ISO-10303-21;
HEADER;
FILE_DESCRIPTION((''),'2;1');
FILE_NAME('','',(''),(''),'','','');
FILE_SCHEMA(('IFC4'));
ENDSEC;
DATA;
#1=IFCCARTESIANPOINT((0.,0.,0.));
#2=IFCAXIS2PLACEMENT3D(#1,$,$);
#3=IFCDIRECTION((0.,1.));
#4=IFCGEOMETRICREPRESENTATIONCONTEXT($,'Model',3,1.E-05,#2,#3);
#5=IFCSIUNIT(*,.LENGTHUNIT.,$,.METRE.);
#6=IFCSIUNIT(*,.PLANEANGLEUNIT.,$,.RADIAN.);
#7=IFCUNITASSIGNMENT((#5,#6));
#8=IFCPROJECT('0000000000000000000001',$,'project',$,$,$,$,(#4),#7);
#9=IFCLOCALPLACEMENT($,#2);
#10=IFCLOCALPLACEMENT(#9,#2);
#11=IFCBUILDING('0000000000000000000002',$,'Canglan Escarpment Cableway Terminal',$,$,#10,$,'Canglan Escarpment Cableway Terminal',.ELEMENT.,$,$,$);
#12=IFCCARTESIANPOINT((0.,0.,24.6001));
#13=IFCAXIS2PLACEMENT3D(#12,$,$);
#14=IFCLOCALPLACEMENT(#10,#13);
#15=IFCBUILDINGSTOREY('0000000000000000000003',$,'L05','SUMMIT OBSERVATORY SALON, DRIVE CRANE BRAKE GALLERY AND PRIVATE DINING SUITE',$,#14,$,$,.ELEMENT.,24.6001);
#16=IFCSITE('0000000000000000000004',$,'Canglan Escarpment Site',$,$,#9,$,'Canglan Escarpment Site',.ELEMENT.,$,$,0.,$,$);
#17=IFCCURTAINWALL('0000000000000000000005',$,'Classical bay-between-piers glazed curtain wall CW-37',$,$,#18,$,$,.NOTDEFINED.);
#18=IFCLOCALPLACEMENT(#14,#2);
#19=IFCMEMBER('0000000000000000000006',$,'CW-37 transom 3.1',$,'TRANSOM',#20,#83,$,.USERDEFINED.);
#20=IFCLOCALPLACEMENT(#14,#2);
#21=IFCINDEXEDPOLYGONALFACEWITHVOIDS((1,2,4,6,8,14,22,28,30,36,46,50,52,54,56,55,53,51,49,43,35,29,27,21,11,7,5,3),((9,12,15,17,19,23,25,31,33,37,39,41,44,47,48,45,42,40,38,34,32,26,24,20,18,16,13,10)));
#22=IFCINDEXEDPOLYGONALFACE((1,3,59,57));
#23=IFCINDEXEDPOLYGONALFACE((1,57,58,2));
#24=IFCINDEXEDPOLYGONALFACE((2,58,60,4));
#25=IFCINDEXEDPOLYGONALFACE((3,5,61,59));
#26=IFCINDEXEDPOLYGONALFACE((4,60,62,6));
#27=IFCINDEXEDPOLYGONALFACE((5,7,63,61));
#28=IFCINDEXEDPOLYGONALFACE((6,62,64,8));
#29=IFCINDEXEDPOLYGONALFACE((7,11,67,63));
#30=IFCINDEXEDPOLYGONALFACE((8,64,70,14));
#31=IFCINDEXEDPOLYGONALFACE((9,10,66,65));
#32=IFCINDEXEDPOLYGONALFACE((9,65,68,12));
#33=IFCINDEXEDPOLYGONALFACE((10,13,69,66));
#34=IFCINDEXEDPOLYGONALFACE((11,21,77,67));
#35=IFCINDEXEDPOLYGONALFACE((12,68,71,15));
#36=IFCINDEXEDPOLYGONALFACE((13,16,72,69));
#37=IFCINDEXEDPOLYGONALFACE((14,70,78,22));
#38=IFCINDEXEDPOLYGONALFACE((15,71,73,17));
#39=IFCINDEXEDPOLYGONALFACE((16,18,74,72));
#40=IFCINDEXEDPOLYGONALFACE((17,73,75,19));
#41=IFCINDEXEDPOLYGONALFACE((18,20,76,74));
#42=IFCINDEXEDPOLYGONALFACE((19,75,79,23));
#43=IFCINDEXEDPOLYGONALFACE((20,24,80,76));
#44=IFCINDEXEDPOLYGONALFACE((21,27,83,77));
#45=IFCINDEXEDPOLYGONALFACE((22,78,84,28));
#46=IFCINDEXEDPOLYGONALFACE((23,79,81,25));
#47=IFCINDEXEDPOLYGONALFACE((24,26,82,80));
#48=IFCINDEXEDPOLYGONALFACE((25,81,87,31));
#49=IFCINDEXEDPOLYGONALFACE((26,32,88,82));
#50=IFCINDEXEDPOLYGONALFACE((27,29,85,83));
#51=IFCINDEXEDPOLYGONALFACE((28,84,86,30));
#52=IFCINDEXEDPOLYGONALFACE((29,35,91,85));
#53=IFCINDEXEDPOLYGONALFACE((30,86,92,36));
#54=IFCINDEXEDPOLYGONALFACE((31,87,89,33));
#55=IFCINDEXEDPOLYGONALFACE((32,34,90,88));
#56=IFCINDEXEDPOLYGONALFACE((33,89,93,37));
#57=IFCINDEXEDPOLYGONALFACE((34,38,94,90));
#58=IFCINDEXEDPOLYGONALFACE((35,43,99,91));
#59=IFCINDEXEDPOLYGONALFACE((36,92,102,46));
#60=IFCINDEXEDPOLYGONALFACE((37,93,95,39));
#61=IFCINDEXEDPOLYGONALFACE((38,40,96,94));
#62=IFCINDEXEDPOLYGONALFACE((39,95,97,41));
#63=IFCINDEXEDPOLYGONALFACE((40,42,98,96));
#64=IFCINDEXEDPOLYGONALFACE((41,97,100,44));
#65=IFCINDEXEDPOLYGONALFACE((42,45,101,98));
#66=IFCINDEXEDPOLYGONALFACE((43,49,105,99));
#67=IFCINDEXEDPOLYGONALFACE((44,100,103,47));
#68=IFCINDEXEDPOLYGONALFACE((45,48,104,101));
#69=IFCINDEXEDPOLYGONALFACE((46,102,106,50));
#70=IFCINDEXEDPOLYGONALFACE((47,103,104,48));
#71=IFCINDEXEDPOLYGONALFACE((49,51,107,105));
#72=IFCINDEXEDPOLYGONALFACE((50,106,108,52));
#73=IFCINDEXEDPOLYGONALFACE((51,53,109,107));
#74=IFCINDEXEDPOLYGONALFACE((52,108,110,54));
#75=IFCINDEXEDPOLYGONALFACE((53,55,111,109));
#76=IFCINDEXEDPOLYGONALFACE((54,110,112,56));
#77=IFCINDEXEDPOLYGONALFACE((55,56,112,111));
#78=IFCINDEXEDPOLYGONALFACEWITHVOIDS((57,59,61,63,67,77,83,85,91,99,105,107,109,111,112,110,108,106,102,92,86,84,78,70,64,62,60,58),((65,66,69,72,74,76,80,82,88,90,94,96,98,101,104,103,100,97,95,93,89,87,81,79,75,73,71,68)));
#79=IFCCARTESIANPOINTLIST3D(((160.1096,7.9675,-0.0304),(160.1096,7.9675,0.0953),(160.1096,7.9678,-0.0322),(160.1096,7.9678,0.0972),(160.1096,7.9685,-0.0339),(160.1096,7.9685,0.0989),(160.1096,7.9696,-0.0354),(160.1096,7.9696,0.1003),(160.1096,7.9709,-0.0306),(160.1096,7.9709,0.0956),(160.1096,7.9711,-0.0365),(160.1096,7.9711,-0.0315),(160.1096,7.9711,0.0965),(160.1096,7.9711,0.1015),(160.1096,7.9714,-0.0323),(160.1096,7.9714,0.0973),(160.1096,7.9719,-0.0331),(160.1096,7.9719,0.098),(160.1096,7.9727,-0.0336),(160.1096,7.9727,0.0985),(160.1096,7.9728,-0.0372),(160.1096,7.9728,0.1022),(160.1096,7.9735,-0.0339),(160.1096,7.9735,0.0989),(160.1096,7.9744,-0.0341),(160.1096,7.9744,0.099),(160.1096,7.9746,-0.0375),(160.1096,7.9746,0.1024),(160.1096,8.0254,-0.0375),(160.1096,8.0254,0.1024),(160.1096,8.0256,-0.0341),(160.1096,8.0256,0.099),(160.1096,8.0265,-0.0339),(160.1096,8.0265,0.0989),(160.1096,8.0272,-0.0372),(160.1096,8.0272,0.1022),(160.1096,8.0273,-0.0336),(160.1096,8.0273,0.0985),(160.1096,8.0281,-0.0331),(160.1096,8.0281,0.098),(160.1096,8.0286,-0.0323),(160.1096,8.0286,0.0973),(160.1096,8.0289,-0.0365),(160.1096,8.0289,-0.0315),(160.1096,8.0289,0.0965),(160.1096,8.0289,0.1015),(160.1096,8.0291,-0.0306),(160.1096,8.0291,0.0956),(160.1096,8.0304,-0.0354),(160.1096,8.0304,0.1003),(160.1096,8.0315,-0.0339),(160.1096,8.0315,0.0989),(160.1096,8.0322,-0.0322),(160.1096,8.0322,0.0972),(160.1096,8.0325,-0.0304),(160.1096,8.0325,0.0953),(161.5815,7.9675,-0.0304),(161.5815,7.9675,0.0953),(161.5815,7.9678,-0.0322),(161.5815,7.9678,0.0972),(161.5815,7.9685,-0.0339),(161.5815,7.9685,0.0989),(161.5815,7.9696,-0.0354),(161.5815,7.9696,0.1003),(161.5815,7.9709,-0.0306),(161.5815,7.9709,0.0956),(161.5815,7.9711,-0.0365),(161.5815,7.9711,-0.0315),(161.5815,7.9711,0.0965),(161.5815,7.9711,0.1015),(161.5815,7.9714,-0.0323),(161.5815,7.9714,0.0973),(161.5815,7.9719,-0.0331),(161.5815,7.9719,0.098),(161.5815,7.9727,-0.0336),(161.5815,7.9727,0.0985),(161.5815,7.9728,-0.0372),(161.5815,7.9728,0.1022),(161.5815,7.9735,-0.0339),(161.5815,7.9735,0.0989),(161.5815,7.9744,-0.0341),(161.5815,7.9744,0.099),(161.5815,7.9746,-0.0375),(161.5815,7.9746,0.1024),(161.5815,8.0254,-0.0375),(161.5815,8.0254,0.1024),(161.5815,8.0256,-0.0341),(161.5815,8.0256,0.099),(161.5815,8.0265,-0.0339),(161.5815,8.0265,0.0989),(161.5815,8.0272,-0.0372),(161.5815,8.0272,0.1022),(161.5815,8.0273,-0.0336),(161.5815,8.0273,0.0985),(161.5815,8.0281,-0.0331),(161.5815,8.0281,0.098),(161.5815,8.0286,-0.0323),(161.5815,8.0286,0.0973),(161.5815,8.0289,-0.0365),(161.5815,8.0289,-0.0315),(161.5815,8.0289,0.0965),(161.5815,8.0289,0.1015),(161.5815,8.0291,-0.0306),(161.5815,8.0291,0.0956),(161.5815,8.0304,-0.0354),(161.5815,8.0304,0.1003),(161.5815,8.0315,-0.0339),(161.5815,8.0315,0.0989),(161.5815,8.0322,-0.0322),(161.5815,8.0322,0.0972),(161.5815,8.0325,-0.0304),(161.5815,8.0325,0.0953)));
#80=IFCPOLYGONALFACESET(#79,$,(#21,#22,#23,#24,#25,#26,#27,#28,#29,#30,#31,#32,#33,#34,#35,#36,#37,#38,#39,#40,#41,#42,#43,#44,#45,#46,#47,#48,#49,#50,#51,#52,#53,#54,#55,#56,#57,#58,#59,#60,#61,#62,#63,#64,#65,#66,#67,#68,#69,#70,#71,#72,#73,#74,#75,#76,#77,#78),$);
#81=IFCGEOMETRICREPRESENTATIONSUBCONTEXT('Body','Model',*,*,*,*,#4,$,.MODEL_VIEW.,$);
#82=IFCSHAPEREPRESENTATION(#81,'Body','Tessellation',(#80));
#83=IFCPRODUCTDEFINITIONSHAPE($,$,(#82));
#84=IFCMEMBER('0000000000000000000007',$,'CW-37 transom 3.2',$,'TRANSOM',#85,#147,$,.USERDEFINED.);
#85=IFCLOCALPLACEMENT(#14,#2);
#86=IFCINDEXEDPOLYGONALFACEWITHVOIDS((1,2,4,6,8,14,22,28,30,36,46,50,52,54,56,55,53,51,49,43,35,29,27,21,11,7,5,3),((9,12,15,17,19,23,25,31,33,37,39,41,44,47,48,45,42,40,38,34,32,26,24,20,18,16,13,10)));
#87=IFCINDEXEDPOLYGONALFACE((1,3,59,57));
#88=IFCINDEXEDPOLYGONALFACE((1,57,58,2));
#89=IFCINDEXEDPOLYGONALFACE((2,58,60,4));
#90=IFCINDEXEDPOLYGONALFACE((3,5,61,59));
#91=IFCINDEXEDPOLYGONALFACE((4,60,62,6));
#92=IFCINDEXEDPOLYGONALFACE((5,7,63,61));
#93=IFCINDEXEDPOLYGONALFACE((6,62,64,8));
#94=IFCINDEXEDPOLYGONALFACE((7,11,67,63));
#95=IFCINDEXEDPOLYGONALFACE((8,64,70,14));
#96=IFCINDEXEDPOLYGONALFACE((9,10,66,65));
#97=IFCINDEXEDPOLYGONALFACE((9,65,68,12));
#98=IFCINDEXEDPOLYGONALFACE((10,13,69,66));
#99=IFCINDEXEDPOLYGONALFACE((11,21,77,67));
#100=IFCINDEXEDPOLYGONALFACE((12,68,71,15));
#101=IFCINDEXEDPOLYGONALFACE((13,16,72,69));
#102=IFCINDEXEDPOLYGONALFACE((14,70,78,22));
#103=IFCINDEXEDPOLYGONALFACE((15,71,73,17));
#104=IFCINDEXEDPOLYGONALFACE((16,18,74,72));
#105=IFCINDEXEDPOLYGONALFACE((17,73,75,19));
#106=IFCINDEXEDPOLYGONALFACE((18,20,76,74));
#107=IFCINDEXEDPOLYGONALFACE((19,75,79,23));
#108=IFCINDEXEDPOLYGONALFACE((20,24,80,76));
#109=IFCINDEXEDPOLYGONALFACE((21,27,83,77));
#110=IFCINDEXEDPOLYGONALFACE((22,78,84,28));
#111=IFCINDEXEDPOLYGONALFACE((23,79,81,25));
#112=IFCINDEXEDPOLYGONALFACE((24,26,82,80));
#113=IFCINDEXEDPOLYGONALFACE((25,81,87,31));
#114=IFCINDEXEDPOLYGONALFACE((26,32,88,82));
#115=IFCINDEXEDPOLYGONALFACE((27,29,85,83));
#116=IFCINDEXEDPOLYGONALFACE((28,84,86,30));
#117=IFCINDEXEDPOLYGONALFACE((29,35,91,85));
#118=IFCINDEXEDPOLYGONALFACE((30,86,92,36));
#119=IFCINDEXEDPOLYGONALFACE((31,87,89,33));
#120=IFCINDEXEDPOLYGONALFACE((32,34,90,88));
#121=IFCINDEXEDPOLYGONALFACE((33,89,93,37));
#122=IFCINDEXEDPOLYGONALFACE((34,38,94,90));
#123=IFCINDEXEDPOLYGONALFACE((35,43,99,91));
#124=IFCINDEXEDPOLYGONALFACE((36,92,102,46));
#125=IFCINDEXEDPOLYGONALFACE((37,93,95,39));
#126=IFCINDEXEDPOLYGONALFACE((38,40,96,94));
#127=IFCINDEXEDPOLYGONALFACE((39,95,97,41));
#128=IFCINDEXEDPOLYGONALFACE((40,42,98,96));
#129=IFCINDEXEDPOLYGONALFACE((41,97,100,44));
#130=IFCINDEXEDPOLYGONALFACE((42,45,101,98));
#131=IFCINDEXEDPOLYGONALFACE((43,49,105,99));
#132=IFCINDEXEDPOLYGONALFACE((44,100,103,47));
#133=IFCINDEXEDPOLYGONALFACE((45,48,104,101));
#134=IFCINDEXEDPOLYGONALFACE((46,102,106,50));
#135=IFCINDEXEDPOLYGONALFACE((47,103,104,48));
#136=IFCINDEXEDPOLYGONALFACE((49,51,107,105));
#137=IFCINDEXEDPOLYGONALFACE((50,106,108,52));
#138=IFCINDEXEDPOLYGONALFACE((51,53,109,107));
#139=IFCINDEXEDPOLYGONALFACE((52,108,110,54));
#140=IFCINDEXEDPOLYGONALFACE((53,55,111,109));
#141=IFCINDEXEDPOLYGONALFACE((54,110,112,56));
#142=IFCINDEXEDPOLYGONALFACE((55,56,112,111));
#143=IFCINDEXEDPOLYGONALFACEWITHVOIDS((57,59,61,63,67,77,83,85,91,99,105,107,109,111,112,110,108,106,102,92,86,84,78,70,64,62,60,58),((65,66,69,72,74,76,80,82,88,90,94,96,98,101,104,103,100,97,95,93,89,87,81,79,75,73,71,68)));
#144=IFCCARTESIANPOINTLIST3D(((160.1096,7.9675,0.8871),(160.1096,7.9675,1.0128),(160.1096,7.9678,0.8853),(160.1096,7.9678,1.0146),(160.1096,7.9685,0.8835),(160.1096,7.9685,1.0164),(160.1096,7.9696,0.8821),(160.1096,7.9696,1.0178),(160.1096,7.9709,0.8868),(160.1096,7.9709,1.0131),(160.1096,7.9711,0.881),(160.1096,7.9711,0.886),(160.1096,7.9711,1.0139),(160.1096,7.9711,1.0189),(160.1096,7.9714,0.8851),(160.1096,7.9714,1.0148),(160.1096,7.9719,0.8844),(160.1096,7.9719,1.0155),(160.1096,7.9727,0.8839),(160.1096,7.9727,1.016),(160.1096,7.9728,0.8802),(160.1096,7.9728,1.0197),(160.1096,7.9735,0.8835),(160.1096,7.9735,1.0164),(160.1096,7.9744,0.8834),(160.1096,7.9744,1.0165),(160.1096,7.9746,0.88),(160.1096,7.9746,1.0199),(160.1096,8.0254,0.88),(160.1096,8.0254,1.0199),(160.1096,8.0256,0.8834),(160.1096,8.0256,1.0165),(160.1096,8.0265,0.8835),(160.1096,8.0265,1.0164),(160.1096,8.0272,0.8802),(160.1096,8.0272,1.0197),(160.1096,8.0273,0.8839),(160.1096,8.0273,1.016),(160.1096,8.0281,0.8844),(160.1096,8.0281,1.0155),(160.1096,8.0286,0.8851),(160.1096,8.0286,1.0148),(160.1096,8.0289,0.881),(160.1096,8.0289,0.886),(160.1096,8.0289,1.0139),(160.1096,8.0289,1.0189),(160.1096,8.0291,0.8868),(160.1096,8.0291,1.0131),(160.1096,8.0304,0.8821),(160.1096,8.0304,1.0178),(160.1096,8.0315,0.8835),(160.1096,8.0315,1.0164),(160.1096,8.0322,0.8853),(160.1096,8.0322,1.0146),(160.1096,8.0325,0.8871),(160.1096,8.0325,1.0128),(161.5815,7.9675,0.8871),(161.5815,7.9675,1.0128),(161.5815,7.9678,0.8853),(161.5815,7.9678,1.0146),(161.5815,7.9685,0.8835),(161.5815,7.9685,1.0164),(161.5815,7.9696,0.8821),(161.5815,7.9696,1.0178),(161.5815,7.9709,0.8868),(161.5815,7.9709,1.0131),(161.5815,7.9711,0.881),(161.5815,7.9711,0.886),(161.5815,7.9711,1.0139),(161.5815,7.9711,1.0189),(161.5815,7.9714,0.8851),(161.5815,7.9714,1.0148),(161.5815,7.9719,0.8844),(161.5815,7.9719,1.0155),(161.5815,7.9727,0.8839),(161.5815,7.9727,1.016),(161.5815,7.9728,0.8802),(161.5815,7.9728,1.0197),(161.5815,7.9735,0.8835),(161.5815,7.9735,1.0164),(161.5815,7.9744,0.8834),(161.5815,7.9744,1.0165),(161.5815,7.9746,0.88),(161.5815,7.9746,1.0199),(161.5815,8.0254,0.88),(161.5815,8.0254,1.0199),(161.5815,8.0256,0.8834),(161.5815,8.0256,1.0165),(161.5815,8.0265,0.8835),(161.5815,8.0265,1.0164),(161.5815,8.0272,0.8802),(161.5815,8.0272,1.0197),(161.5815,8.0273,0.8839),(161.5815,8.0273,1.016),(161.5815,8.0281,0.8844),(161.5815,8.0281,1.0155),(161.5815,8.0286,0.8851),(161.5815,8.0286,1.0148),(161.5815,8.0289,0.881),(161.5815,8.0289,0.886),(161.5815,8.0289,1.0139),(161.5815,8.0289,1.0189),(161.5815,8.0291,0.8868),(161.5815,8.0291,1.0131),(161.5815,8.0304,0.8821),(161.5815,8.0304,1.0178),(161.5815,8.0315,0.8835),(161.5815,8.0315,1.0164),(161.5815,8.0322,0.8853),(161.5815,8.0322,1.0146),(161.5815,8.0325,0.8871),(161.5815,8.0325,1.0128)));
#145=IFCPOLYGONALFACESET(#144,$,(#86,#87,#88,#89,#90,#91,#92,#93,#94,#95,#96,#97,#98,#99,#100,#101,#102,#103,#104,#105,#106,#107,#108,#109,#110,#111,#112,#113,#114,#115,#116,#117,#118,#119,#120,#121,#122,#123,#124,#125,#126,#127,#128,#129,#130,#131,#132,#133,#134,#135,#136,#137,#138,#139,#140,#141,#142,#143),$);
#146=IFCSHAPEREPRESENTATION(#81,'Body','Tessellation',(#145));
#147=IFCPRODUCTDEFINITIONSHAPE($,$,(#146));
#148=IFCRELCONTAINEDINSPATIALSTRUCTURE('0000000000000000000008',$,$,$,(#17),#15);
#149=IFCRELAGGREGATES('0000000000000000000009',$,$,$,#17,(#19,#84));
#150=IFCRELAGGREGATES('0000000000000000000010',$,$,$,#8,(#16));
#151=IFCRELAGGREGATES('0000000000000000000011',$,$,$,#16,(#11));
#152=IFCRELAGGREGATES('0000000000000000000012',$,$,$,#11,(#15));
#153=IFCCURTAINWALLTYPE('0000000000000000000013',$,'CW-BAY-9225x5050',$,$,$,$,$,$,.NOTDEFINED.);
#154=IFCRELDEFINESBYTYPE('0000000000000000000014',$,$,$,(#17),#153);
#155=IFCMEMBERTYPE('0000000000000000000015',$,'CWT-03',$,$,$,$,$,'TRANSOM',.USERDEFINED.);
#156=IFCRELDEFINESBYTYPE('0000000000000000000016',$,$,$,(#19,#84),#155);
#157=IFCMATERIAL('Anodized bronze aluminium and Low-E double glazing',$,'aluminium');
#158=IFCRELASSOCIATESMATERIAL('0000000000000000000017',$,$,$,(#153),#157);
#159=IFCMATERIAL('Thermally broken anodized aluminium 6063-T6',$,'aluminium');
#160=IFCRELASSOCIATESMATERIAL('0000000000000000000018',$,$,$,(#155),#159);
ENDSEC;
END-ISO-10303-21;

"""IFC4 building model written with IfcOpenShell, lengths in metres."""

from ifc_helpers import new_model, si_unit, direction, frame, origin, origin_2d, place, context, subcontext, project, spatial, hollow_rectangle, extrude, material, material_profile, profile_set, type_object, element, aggregate, save


model = new_model("IFC4")

# Units and contexts
model_context = context("Model", 3, precision=1e-05, world=origin(), true_north=direction((0.0, 1.0)))
body_context = subcontext(model_context, "Body", "Model", "MODEL_VIEW")
ifc_project = project(units=[si_unit("LENGTHUNIT", "METRE"), si_unit("PLANEANGLEUNIT", "RADIAN")], contexts=[model_context])

# Site, building, storey
site_placement = place(None, origin())
site = spatial("IfcSite", under=ifc_project, at=site_placement, Name="Canglan Escarpment Site", LongName="Canglan Escarpment Site", CompositionType="ELEMENT", RefElevation=0.0)
building_placement = place(site_placement, origin())
building = spatial("IfcBuilding", under=site, at=building_placement, Name="Canglan Escarpment Cableway Terminal", LongName="Canglan Escarpment Cableway Terminal", CompositionType="ELEMENT")
storey_placement = place(building_placement, frame((0.0, 0.0, 24.6001)))
storey = spatial("IfcBuildingStorey", under=building, at=storey_placement, Name="L05", Description="SUMMIT OBSERVATORY SALON, DRIVE CRANE BRAKE GALLERY AND PRIVATE DINING SUITE", CompositionType="ELEMENT", Elevation=24.6001)

# Curtain wall, members
ifc_material_1 = material(Name="Anodized bronze aluminium and Low-E double glazing", Category="aluminium")
curtain_wall_type = type_object("IfcCurtainWallType", Name="CW-BAY-9225x5050", PredefinedType="NOTDEFINED", material=ifc_material_1)
curtain_wall_placement = place(storey_placement, origin())
curtain_wall = element("IfcCurtainWall", 1, at=curtain_wall_placement, inside=storey, type_object=curtain_wall_type, Name="Classical bay-between-piers glazed curtain wall CW-37", PredefinedType="NOTDEFINED")
ifc_material_2 = material(Name="Thermally broken anodized aluminium 6063-T6", Category="aluminium")
ifc_material_profile_1 = material_profile(ifc_material_2, hollow_rectangle(XDim=0.0649, YDim=0.1399, WallThickness=0.0034, InnerFilletRadius=0.0034, OuterFilletRadius=0.0071, at=origin_2d()), Name="ALU-TRAN 65x140x3.5")
ifc_profile_set_1 = profile_set([ifc_material_profile_1], Name="Thermally broken anodized aluminium 6063-T6")
member_type_1 = type_object("IfcMemberType", Name="CWT-03", ElementType="TRANSOM", PredefinedType="USERDEFINED", material=ifc_profile_set_1)
member_1_placement = place(storey_placement, frame((160.1096, 8.0, 0.0325), z_axis=(1.0, 0.0, 0.0), x_axis=(0.0, 1.0, 0.0)))
member_1 = element("IfcMember", 2, at=member_1_placement, type_object=member_type_1, Name="CW-37 transom 3.1", ObjectType="TRANSOM", PredefinedType="USERDEFINED", context=body_context, shape_type="SweptSolid", body=[
    extrude(hollow_rectangle(XDim=0.0649, YDim=0.1399, WallThickness=0.0034, InnerFilletRadius=0.0034, OuterFilletRadius=0.0071, at=origin_2d()), origin(), (0.0, 0.0, 1.0), 1.4719),
])
member_2_placement = place(storey_placement, frame((160.1096, 8.0, 0.95), z_axis=(1.0, 0.0, 0.0), x_axis=(0.0, 1.0, 0.0)))
member_2 = element("IfcMember", 3, at=member_2_placement, type_object=member_type_1, Name="CW-37 transom 3.2", ObjectType="TRANSOM", PredefinedType="USERDEFINED", context=body_context, shape_type="SweptSolid", body=[
    extrude(hollow_rectangle(XDim=0.0649, YDim=0.1399, WallThickness=0.0034, InnerFilletRadius=0.0034, OuterFilletRadius=0.0071, at=origin_2d()), origin(), (0.0, 0.0, 1.0), 1.4719),
])

aggregate(curtain_wall, [member_1, member_2])

save(model, "model.ifc")
